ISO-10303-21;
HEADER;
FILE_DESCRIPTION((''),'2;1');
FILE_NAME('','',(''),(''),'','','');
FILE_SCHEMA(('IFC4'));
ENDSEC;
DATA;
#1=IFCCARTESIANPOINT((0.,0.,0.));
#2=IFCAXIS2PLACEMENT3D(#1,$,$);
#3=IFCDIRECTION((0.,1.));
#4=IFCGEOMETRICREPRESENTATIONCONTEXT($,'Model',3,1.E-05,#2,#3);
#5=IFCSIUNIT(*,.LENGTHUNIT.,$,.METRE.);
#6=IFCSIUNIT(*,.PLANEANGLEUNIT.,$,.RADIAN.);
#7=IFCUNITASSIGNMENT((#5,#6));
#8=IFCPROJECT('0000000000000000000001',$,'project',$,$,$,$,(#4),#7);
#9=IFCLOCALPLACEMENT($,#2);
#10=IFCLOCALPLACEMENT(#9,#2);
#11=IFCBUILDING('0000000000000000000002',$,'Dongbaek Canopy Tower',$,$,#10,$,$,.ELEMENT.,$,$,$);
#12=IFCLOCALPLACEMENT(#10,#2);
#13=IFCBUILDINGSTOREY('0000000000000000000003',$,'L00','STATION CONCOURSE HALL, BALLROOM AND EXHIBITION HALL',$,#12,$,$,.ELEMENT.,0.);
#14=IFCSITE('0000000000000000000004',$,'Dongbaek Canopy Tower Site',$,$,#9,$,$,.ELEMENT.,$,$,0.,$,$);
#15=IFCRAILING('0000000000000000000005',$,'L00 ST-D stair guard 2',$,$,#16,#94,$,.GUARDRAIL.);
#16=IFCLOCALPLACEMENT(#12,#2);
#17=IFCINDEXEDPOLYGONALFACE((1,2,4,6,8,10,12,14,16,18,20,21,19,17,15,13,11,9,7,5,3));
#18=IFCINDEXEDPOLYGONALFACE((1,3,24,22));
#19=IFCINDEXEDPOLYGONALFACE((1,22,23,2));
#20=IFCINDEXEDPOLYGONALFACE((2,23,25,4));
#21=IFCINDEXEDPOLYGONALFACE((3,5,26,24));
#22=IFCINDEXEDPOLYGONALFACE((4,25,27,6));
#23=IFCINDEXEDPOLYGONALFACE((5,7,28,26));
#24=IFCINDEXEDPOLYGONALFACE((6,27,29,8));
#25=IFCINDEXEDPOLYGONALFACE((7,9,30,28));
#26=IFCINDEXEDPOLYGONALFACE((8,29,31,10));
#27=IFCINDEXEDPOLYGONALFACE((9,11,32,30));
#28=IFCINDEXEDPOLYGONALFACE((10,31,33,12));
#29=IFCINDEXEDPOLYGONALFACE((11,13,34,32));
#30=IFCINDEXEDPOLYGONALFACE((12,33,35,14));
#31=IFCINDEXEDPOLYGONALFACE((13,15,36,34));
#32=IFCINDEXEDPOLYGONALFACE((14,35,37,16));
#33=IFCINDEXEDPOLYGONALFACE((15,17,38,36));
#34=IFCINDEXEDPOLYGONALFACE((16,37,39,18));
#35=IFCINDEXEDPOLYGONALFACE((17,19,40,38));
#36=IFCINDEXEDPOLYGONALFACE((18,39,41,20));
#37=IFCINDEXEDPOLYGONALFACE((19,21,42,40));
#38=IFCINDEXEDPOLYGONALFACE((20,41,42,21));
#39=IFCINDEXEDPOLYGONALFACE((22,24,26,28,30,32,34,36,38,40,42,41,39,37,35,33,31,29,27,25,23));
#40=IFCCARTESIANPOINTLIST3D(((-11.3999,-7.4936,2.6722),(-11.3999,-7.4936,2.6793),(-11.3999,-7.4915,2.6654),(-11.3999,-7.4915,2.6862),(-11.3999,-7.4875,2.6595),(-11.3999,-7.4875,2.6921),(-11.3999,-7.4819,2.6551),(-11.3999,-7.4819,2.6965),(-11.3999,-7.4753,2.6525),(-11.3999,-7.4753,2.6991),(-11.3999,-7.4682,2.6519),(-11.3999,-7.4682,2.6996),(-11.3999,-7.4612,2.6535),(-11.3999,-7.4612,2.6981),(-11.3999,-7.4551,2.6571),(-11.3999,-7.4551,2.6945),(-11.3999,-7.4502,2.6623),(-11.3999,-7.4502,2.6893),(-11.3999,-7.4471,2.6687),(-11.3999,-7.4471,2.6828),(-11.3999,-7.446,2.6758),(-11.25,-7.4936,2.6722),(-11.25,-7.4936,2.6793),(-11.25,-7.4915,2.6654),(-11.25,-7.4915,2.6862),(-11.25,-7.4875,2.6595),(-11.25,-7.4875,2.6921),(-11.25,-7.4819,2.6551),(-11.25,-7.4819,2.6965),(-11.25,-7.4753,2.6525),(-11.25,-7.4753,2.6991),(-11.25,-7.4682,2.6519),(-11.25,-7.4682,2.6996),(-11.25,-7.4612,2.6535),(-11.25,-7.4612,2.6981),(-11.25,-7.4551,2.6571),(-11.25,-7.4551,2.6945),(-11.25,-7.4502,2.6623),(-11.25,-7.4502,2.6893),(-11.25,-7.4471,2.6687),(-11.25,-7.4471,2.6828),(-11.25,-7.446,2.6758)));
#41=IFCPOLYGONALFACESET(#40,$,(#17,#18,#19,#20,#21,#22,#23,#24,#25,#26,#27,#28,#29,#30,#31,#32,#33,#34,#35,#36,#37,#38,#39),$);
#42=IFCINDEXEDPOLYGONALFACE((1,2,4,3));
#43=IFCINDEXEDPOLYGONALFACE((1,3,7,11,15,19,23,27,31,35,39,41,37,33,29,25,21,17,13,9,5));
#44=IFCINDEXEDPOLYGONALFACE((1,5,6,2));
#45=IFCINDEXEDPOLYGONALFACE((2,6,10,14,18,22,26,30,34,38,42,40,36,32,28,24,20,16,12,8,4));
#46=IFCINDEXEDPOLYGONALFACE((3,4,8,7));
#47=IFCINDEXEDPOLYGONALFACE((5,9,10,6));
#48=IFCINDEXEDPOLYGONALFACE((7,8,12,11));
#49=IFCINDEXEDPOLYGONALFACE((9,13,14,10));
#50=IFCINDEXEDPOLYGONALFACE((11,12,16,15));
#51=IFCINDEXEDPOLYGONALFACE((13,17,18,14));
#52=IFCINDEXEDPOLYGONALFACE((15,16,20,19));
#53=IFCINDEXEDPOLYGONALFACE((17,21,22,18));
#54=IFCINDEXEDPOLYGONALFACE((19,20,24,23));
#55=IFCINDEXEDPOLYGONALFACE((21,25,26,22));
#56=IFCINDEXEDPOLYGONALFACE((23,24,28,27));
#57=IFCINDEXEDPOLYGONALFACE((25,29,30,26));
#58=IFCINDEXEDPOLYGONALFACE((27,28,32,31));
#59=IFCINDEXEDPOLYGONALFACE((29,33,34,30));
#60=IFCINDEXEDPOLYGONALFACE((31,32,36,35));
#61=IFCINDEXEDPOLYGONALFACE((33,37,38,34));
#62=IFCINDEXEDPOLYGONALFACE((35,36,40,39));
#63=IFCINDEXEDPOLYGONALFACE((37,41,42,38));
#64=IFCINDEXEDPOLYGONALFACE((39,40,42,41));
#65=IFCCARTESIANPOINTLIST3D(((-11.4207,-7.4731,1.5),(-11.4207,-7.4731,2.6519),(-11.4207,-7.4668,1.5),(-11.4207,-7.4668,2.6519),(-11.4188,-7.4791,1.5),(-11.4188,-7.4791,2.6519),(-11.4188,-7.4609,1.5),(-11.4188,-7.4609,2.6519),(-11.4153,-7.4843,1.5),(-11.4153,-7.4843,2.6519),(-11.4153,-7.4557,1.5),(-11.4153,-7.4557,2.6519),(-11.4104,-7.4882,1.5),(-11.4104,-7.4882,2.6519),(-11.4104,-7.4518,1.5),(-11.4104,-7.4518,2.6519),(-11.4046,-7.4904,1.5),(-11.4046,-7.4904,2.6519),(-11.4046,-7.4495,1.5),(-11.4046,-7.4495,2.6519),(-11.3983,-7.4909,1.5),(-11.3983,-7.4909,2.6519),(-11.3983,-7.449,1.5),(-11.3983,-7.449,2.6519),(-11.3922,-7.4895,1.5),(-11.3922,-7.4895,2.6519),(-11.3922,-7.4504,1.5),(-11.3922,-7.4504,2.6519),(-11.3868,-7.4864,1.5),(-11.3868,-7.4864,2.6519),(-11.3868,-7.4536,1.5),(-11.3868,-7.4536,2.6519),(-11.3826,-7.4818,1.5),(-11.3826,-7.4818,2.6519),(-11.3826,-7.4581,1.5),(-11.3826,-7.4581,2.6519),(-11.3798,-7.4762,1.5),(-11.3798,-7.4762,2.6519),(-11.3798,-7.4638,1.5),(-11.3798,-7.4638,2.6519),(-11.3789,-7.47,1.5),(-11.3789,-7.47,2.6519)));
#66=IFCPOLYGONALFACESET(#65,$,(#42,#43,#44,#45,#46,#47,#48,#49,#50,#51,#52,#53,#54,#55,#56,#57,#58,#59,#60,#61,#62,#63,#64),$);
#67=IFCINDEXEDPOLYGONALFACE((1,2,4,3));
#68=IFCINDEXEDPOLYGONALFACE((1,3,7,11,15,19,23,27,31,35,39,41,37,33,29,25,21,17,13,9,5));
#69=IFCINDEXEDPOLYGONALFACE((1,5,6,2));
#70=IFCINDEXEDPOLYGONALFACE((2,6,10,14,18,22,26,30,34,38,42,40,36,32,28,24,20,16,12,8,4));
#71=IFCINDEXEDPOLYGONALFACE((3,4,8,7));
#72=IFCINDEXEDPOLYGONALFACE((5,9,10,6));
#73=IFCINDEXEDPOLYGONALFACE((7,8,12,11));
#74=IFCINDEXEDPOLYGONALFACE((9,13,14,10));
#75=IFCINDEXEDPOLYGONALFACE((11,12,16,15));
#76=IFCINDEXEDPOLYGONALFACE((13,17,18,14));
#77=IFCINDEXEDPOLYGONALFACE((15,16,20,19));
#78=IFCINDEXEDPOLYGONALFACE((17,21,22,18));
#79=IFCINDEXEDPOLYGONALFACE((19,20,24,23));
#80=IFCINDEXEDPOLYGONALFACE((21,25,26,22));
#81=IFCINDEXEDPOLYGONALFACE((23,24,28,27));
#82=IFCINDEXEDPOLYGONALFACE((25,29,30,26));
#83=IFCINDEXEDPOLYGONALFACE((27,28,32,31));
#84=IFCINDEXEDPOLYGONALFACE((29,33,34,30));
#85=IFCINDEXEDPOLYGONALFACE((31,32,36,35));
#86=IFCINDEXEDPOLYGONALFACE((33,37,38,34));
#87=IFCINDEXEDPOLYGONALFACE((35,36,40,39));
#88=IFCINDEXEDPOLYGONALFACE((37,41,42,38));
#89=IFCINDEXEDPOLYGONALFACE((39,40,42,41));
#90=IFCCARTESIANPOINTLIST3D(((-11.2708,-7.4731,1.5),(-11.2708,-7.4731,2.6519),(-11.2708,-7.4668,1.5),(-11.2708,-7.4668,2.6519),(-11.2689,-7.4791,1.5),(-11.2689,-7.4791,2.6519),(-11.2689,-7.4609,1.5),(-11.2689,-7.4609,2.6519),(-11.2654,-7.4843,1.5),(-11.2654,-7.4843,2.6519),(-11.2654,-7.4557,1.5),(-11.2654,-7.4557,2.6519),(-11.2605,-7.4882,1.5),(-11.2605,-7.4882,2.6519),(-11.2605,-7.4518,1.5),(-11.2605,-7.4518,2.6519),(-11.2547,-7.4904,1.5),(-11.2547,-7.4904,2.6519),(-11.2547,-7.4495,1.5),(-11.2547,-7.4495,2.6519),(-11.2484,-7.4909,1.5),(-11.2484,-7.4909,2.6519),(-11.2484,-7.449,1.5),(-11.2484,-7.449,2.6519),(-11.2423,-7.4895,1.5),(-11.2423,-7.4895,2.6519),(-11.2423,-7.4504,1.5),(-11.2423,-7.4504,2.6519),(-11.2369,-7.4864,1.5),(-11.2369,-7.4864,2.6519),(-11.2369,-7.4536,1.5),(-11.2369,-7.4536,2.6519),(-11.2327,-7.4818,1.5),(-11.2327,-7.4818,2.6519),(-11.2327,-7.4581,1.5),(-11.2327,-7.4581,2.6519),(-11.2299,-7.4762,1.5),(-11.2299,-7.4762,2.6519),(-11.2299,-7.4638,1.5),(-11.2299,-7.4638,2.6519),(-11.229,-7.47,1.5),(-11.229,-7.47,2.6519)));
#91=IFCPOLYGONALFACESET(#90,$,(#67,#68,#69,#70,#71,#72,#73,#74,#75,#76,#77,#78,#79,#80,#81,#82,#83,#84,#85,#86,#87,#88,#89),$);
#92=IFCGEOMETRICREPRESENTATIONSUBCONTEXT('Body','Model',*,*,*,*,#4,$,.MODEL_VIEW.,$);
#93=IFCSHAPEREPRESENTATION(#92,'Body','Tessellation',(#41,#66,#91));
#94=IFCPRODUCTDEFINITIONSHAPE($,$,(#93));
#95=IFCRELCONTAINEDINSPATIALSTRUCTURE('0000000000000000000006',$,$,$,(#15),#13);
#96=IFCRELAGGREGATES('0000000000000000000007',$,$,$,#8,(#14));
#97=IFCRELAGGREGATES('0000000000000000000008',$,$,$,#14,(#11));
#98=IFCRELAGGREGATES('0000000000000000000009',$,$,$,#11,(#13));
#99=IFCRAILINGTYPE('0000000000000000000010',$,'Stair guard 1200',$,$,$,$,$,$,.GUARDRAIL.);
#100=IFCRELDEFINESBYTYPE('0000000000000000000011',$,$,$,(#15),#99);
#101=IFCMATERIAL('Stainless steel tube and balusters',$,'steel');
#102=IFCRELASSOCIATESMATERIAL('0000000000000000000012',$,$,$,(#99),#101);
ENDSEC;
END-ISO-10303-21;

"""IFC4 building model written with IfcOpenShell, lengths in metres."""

from ifc_helpers import new_model, si_unit, direction, frame, origin, origin_2d, place, context, subcontext, project, spatial, circle, extrude, material, type_object, element, save


model = new_model("IFC4")

# Units and contexts
model_context = context("Model", 3, precision=1e-05, world=origin(), true_north=direction((0.0, 1.0)))
body_context = subcontext(model_context, "Body", "Model", "MODEL_VIEW")
ifc_project = project(units=[si_unit("LENGTHUNIT", "METRE"), si_unit("PLANEANGLEUNIT", "RADIAN")], contexts=[model_context])

# Site, building, storey
site_placement = place(None, origin())
site = spatial("IfcSite", under=ifc_project, at=site_placement, Name="Dongbaek Canopy Tower Site", CompositionType="ELEMENT", RefElevation=0.0)
building_placement = place(site_placement, origin())
building = spatial("IfcBuilding", under=site, at=building_placement, Name="Dongbaek Canopy Tower", CompositionType="ELEMENT")
storey_placement = place(building_placement, origin())
storey = spatial("IfcBuildingStorey", under=building, at=storey_placement, Name="L00", Description="STATION CONCOURSE HALL, BALLROOM AND EXHIBITION HALL", CompositionType="ELEMENT", Elevation=0.0)

# Railing
ifc_material_1 = material(Name="Stainless steel tube and balusters", Category="steel")
railing_type_1 = type_object("IfcRailingType", Name="Stair guard 1200", PredefinedType="GUARDRAIL", material=ifc_material_1)
railing_1_placement = place(storey_placement, frame((-11.3999, -7.47, 1.5)))
element("IfcRailing", 1, at=railing_1_placement, inside=storey, type_object=railing_type_1, Name="L00 ST-D stair guard 2", PredefinedType="GUARDRAIL", context=body_context, shape_type="SweptSolid", body=[
    extrude(circle(Radius=0.0239, at=origin_2d()), frame((0.0, 0.0, 1.1758), z_axis=(1.0, 0.0, 0.0), x_axis=(0.0, 1.0, 0.0)), (0.0, 0.0, 1.0), 0.1499),
    extrude(circle(Radius=0.021, at=origin_2d()), origin(), (0.0, 0.0, 1.0), 1.1519),
    extrude(circle(Radius=0.021, at=origin_2d()), frame((0.1499, 0.0, 0.0)), (0.0, 0.0, 1.0), 1.1519),
])

save(model, "model.ifc")
